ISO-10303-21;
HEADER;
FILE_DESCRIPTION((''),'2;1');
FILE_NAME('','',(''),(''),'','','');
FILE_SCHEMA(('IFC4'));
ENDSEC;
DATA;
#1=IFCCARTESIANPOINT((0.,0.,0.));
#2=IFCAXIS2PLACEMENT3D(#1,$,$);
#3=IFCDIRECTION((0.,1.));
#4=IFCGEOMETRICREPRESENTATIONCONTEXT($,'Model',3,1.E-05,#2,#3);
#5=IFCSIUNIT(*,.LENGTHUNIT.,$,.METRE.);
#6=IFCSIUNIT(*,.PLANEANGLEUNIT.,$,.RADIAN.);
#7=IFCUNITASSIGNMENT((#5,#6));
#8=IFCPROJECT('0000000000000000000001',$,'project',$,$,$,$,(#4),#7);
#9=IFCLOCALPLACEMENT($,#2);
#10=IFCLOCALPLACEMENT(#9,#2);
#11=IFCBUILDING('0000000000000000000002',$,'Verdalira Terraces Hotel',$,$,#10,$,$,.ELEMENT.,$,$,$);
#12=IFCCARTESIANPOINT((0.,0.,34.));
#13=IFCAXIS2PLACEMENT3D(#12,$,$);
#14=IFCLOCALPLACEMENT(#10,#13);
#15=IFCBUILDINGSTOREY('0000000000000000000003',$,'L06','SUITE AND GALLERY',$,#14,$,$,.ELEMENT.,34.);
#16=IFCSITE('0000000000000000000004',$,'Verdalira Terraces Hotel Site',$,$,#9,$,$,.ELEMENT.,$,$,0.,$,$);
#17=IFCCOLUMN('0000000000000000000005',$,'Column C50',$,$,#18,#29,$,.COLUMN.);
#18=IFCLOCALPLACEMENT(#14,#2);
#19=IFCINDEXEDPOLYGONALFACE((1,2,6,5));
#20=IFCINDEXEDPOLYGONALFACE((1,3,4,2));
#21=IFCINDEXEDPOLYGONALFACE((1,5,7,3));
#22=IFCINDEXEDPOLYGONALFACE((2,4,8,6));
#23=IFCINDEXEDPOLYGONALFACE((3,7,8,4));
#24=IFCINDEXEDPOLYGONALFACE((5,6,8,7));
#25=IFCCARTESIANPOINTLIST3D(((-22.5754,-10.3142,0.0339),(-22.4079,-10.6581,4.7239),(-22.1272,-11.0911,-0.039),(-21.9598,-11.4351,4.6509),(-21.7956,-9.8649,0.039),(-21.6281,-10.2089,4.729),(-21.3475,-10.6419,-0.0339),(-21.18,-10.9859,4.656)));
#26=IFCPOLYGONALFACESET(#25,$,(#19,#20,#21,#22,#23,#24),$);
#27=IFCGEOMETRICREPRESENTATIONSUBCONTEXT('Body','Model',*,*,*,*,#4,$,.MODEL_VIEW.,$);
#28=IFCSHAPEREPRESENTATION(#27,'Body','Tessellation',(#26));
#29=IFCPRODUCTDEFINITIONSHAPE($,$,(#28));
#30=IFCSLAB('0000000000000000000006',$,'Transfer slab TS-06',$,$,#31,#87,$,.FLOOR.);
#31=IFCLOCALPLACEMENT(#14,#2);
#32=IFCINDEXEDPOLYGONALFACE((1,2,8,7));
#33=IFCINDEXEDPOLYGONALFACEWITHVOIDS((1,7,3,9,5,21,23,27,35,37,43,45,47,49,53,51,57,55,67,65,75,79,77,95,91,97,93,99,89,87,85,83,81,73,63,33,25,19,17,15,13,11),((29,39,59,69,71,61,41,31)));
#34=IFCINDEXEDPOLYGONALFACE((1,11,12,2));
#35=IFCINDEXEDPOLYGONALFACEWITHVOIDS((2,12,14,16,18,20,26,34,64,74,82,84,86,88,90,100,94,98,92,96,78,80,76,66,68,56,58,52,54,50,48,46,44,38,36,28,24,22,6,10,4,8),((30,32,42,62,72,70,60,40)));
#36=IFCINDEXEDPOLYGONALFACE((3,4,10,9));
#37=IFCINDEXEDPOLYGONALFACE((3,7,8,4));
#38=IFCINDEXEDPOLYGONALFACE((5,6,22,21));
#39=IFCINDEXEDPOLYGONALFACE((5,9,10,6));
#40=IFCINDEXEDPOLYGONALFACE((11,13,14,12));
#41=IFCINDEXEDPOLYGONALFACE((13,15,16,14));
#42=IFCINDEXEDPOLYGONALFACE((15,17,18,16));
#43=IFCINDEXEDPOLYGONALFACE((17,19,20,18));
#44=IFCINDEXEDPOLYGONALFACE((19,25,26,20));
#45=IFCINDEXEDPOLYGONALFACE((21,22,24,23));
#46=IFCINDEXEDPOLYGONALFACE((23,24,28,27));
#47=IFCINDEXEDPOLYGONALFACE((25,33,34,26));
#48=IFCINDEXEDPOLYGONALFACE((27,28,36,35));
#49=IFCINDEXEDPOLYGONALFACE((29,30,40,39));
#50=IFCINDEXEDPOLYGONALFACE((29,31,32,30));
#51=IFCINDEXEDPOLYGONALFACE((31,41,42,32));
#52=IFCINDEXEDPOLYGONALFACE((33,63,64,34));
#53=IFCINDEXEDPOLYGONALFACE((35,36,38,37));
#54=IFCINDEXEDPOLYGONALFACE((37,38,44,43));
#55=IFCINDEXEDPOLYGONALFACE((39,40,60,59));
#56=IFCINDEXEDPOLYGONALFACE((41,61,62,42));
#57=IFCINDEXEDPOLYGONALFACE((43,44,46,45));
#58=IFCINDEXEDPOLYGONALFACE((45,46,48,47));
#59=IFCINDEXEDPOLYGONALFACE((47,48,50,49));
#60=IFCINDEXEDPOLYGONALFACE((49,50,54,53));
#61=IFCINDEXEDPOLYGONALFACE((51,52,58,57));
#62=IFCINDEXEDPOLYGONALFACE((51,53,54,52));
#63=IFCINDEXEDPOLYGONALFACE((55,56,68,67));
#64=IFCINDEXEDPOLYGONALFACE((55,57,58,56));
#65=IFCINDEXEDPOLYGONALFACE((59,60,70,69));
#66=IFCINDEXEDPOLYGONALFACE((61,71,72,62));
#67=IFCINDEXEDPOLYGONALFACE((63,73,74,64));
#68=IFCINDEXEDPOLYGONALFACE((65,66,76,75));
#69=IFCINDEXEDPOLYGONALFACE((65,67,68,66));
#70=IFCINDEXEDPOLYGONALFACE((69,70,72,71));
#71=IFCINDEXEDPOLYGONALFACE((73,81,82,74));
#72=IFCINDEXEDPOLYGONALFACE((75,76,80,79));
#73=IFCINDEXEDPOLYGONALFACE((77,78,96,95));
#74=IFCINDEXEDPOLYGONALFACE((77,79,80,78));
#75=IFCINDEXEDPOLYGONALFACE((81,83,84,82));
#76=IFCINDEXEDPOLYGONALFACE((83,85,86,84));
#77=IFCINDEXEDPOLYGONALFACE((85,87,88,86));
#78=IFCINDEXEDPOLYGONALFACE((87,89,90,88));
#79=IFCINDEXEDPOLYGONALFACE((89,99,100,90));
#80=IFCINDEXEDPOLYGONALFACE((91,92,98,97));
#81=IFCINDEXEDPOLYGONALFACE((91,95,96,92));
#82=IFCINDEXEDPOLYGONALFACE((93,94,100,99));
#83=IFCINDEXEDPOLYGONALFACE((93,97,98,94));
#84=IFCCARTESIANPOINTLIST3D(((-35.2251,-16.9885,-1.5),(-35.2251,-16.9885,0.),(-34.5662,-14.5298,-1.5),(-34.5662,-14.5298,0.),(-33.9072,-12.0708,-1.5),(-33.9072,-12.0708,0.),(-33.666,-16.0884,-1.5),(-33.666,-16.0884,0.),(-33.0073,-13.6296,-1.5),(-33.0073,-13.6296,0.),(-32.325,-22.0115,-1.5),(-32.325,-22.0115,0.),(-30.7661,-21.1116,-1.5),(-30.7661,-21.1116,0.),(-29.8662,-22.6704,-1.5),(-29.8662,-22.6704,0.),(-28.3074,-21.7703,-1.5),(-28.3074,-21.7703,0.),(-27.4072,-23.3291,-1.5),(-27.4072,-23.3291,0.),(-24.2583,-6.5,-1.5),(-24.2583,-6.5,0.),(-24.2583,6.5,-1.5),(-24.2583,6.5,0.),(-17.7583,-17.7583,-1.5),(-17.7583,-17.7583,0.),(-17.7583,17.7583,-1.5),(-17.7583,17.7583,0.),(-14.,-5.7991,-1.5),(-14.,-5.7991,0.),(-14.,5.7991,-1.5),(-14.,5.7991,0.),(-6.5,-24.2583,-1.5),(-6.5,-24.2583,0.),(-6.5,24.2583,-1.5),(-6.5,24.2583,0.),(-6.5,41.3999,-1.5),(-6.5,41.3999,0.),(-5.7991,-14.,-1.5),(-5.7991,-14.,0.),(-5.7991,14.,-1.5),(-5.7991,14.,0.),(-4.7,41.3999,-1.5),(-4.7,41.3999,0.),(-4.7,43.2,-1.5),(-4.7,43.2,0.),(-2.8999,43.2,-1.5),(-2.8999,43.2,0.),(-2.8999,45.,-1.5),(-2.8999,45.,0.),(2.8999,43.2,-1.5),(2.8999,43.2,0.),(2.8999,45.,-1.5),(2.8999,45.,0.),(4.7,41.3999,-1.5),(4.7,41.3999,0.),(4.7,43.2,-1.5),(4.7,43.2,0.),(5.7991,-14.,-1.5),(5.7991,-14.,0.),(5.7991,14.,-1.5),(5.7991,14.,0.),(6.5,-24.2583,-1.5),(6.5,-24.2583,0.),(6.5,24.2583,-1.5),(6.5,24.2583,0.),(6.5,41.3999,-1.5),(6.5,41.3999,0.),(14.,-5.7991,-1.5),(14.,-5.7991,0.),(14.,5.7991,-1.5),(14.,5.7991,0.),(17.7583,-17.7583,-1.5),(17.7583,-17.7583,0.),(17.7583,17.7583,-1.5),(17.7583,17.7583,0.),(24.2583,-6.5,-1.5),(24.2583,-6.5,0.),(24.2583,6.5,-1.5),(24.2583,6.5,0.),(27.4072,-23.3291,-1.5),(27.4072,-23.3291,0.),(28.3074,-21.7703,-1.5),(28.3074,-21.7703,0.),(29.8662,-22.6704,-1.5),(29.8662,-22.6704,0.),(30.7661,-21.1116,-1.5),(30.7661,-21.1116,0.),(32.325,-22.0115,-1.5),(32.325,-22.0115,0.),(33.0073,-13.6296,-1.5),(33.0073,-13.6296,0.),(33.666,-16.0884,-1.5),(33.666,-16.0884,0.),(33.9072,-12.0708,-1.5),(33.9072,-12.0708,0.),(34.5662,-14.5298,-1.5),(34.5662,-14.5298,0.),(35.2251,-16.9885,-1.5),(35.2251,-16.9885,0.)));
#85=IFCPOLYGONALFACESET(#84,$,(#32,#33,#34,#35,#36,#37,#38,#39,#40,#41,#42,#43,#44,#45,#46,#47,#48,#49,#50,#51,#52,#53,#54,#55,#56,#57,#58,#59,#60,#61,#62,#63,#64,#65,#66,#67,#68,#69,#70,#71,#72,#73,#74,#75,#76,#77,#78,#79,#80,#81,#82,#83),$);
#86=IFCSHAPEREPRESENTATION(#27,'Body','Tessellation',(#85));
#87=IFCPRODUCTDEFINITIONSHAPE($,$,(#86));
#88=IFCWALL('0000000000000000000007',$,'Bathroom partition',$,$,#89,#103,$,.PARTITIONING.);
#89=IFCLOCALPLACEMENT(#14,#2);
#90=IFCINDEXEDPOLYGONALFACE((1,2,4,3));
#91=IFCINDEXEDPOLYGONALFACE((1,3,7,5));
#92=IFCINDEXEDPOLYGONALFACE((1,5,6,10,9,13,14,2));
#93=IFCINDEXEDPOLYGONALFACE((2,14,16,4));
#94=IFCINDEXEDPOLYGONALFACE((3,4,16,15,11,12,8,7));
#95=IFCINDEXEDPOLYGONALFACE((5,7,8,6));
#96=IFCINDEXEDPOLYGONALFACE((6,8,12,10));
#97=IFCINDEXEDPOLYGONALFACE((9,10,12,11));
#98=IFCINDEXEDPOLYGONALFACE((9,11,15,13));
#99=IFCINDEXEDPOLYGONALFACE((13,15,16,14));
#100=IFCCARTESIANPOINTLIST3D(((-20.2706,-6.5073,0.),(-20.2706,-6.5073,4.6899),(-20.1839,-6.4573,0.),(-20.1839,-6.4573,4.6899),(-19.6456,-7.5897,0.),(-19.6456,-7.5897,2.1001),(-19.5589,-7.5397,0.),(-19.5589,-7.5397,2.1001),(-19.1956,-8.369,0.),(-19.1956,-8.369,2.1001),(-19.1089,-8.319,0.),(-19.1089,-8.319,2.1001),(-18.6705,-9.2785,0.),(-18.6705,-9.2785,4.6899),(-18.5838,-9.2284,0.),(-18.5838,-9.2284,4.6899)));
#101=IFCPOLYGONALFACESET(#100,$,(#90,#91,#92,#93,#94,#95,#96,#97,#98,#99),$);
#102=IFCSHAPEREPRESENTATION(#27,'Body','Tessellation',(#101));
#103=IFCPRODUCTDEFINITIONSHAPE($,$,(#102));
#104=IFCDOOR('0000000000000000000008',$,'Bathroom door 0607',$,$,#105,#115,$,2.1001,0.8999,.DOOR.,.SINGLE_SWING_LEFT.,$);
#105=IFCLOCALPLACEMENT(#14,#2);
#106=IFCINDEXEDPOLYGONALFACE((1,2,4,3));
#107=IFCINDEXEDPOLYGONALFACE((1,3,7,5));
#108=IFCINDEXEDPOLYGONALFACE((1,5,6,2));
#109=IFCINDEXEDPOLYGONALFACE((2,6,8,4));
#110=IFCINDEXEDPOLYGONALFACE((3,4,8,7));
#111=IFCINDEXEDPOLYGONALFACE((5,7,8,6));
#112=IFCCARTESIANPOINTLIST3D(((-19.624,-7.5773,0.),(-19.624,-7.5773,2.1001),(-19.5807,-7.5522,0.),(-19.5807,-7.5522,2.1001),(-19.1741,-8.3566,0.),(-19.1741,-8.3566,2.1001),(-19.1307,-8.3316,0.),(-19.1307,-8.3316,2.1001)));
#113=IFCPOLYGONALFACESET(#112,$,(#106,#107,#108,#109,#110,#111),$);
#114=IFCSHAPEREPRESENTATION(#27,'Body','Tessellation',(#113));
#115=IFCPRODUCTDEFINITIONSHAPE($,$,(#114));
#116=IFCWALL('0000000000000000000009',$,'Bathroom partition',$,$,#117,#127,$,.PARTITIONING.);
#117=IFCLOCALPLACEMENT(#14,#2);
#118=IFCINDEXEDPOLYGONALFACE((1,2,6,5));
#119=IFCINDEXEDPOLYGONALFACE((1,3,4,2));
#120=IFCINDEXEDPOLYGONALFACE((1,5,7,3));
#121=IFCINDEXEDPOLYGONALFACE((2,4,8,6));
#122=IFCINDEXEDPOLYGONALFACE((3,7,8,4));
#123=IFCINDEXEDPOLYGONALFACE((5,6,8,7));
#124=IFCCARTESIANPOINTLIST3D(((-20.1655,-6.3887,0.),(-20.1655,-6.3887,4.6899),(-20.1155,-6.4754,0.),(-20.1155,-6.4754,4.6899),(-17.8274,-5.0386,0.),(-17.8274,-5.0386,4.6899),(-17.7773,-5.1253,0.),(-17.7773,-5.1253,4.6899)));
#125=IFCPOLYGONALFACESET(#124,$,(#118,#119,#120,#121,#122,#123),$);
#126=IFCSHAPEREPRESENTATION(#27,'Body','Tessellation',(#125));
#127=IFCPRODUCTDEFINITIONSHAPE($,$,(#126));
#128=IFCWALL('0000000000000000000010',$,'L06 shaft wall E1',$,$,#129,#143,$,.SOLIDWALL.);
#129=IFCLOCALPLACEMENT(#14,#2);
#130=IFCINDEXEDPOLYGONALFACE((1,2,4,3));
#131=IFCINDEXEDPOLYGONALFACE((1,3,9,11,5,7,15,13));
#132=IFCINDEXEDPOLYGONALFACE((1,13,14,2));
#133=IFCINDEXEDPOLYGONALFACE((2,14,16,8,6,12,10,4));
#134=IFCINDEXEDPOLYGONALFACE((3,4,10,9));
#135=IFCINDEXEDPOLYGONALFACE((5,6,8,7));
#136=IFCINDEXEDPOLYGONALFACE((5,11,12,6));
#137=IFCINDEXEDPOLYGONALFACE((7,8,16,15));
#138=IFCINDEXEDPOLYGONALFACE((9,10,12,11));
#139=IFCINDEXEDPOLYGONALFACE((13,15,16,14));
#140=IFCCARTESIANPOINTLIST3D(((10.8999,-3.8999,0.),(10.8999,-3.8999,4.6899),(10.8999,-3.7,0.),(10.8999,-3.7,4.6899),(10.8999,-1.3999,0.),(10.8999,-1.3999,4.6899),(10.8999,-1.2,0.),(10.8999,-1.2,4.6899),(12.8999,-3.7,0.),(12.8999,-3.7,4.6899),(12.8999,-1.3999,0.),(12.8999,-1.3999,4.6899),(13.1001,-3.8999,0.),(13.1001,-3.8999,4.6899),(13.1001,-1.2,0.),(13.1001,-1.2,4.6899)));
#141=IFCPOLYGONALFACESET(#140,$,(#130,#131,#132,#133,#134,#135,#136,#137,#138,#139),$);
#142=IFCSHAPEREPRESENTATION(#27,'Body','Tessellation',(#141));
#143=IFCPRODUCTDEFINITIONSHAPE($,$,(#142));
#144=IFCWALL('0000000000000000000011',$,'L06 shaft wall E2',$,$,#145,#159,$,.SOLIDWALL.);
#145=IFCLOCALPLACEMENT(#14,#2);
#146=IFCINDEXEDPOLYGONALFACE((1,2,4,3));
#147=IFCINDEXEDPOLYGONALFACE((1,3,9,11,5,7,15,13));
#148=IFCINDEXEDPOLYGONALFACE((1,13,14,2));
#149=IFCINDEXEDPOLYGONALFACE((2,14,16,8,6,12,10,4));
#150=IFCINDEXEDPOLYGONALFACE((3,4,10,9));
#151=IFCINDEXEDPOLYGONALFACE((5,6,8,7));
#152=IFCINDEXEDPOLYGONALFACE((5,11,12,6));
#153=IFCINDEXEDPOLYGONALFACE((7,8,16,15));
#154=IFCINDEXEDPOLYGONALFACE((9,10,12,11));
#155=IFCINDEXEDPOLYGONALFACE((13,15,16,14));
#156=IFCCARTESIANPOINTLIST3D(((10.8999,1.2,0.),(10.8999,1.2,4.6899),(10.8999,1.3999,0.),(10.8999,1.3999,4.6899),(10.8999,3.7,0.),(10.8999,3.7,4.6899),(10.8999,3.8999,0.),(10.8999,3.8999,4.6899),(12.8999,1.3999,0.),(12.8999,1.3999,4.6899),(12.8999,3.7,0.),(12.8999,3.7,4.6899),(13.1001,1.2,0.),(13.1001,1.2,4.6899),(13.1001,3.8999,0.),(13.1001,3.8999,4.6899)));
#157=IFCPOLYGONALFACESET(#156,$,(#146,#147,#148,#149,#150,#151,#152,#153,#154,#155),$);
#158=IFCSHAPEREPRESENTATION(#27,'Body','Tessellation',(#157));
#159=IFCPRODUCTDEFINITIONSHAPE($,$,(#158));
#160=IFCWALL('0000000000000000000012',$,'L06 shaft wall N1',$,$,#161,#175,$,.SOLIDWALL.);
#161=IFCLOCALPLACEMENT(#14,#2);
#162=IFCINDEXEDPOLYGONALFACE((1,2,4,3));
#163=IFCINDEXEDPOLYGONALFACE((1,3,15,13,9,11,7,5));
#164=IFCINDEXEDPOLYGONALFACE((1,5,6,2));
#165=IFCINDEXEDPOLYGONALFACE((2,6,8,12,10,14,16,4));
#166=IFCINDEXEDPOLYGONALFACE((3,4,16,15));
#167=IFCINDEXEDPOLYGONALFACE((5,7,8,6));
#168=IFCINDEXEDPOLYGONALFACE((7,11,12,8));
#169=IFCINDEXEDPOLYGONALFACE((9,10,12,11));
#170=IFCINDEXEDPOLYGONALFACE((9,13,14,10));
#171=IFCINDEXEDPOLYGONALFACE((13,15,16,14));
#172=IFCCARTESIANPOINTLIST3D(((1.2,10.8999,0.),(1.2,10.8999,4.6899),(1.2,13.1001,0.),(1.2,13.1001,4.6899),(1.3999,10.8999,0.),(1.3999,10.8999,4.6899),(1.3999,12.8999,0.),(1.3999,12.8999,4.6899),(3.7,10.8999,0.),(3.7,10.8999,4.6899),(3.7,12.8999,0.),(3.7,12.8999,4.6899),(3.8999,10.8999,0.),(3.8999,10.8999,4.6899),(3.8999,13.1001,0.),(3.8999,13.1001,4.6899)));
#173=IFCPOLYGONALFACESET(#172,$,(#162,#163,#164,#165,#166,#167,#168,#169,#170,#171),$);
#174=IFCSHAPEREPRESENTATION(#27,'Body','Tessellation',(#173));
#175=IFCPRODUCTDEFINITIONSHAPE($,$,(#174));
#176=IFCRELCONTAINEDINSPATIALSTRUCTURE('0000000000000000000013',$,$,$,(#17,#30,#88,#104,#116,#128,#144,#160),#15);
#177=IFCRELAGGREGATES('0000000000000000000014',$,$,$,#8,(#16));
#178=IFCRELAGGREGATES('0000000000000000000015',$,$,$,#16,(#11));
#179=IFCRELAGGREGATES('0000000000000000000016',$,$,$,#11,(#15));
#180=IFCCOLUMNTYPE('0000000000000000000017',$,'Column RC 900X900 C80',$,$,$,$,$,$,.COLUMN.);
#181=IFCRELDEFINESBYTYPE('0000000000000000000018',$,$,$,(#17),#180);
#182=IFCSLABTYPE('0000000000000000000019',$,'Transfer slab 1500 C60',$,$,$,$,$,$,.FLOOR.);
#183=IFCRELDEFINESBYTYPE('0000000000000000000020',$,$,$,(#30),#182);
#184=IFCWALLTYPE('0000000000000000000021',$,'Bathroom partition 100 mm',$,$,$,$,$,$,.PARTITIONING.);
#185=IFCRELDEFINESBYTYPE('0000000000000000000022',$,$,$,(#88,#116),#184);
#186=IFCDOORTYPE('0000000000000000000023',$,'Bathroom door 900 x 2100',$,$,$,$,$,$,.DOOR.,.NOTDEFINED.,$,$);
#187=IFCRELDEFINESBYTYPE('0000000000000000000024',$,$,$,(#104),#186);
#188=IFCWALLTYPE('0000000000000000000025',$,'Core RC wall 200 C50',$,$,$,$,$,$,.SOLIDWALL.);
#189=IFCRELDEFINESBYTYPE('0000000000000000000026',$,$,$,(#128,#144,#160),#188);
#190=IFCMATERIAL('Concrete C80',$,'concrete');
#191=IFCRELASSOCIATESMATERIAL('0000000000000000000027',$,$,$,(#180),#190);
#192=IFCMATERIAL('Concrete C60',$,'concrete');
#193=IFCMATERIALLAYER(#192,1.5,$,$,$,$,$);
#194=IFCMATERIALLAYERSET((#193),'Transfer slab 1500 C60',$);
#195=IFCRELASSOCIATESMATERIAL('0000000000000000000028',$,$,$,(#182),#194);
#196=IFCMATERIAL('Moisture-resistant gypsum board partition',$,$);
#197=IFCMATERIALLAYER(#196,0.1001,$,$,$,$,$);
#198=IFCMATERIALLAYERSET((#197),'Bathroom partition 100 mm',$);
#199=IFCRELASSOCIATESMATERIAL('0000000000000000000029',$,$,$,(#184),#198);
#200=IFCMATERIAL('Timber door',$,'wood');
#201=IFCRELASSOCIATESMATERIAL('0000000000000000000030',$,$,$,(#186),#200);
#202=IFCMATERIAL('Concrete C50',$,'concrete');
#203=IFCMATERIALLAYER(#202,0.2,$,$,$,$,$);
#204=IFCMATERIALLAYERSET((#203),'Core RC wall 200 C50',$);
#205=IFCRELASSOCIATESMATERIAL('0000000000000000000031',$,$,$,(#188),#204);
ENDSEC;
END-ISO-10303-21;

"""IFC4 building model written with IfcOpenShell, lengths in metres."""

from ifc_helpers import new_model, si_unit, direction, frame, frame_2d, origin, origin_2d, place, context, subcontext, project, spatial, polyline, rectangle, outline, extrude, material, layer, layer_set, material_profile, profile_set, type_object, element, fill, save


model = new_model("IFC4")

# Units and contexts
model_context = context("Model", 3, precision=1e-05, world=origin(), true_north=direction((0.0, 1.0)))
body_context = subcontext(model_context, "Body", "Model", "MODEL_VIEW")
ifc_project = project(units=[si_unit("LENGTHUNIT", "METRE"), si_unit("PLANEANGLEUNIT", "RADIAN")], contexts=[model_context])

# Site, building, storey
site_placement = place(None, origin())
site = spatial("IfcSite", under=ifc_project, at=site_placement, Name="Verdalira Terraces Hotel Site", CompositionType="ELEMENT", RefElevation=0.0)
building_placement = place(site_placement, origin())
building = spatial("IfcBuilding", under=site, at=building_placement, Name="Verdalira Terraces Hotel", CompositionType="ELEMENT")
storey_placement = place(building_placement, frame((0.0, 0.0, 34.0)))
storey = spatial("IfcBuildingStorey", under=building, at=storey_placement, Name="L06", Description="SUITE AND GALLERY", CompositionType="ELEMENT", Elevation=34.0)

# Column
ifc_material_1 = material(Name="Concrete C80", Category="concrete")
ifc_material_profile = material_profile(ifc_material_1, rectangle(XDim=0.8999, YDim=0.8999, at=origin_2d()), Name="RC 900X900")
ifc_profile_set = profile_set([ifc_material_profile], Name="Concrete C80")
column_type = type_object("IfcColumnType", Name="Column RC 900X900 C80", PredefinedType="COLUMN", material=ifc_profile_set)
column_placement = place(storey_placement, frame((-21.9614, -10.478, 0.0), z_axis=(0.035592, -0.073104, 0.996689), x_axis=(-0.866472, -0.499193, -0.005672)))
element("IfcColumn", 1, at=column_placement, inside=storey, type_object=column_type, Name="Column C50", PredefinedType="COLUMN", context=body_context, shape_type="SweptSolid", body=[
    extrude(rectangle(XDim=0.8999, YDim=0.8999, at=origin_2d()), origin(), (0.0, 0.0, 1.0), 4.7056),
])

# Slab
ifc_material_2 = material(Name="Concrete C60", Category="concrete")
ifc_layer_1 = layer(ifc_material_2, 1.5)
ifc_layer_set_1 = layer_set([ifc_layer_1], Name="Transfer slab 1500 C60")
slab_type = type_object("IfcSlabType", Name="Transfer slab 1500 C60", PredefinedType="FLOOR", material=ifc_layer_set_1)
slab_placement = place(storey_placement, frame((0.0, 0.0, -1.5)))
element("IfcSlab", 2, at=slab_placement, inside=storey, type_object=slab_type, Name="Transfer slab TS-06", PredefinedType="FLOOR", context=body_context, shape_type="SweptSolid", body=[
    extrude(outline(polyline([(17.7583, 17.7583), (6.5, 24.2583), (6.5, 41.3999), (4.7, 41.3999), (4.7, 43.2), (2.8999, 43.2), (2.8999, 45.0), (-2.8999, 45.0), (-2.8999, 43.2), (-4.7, 43.2), (-4.7, 41.3999), (-6.5, 41.3999), (-6.5, 24.2583), (-17.7583, 17.7583), (-24.2583, 6.5), (-24.2583, -6.5), (-33.9072, -12.0708), (-33.0073, -13.6296), (-34.5662, -14.5298), (-33.666, -16.0884), (-35.2251, -16.9885), (-32.325, -22.0115), (-30.7661, -21.1116), (-29.8662, -22.6704), (-28.3074, -21.7703), (-27.4072, -23.3291), (-17.7583, -17.7583), (-6.5, -24.2583), (6.5, -24.2583), (17.7583, -17.7583), (27.4072, -23.3291), (28.3074, -21.7703), (29.8662, -22.6704), (30.7661, -21.1116), (32.325, -22.0115), (35.2251, -16.9885), (33.666, -16.0884), (34.5662, -14.5298), (33.0073, -13.6296), (33.9072, -12.0708), (24.2583, -6.5), (24.2583, 6.5), (17.7583, 17.7583)]), holes=[polyline([(5.7991, 14.0), (14.0, 5.7991), (14.0, -5.7991), (5.7991, -14.0), (-5.7991, -14.0), (-14.0, -5.7991), (-14.0, 5.7991), (-5.7991, 14.0), (5.7991, 14.0)])]), origin(), (0.0, 0.0, 1.0), 1.5),
])

# Wall, opening, door
ifc_material_3 = material(Name="Moisture-resistant gypsum board partition")
ifc_layer_2 = layer(ifc_material_3, 0.1001)
ifc_layer_set_2 = layer_set([ifc_layer_2], Name="Bathroom partition 100 mm")
wall_type_1 = type_object("IfcWallType", Name="Bathroom partition 100 mm", PredefinedType="PARTITIONING", material=ifc_layer_set_2)
wall_1_placement = place(storey_placement, frame((-20.2273, -6.4822, 0.0), z_axis=(0.0, 0.0, 1.0), x_axis=(0.500028, -0.866009, 0.0)))
wall_1 = element("IfcWall", 3, at=wall_1_placement, inside=storey, type_object=wall_type_1, Name="Bathroom partition", PredefinedType="PARTITIONING", context=body_context, shape_type="SweptSolid", body=[
    extrude(rectangle(XDim=3.2, YDim=0.1001, at=frame_2d((1.6001, 0.0))), origin(), (0.0, 0.0, 1.0), 4.6899),
])
opening_1_placement = place(wall_1_placement, frame((1.25, 0.0, 0.0)))
opening_1 = element("IfcOpeningElement", 4, at=opening_1_placement, cuts=wall_1, PredefinedType="OPENING", context=body_context, shape_type="SweptSolid", body=[
    extrude(rectangle(XDim=0.8999, YDim=2.1001, at=frame_2d((0.45, 1.05))), frame((0.0, 0.0601, 0.0), z_axis=(0.0, -1.0, 0.0), x_axis=(1.0, 0.0, 0.0)), (0.0, 0.0, 1.0), 0.1201),
])
ifc_material_4 = material(Name="Timber door", Category="wood")
door_type_1 = type_object("IfcDoorType", Name="Bathroom door 900 x 2100", OperationType="NOTDEFINED", PredefinedType="DOOR", material=ifc_material_4)
door_1_placement = place(opening_1_placement, origin())
door_1 = element("IfcDoor", 5, at=door_1_placement, inside=storey, type_object=door_type_1, Name="Bathroom door 0607", OperationType="SINGLE_SWING_LEFT", OverallHeight=2.1001, OverallWidth=0.8999, PredefinedType="DOOR", context=body_context, shape_type="SweptSolid", body=[
    extrude(rectangle(XDim=0.8999, YDim=2.1001, at=frame_2d((0.45, 1.05))), frame((0.0, 0.0249, 0.0), z_axis=(0.0, -1.0, 0.0), x_axis=(1.0, 0.0, 0.0)), (0.0, 0.0, 1.0), 0.05),
])
fill(opening_1, door_1)

# Walls
wall_2_placement = place(storey_placement, frame((-20.1406, -6.4321, 0.0), z_axis=(0.0, 0.0, 1.0), x_axis=(0.865997, 0.500049, 0.0)))
element("IfcWall", 6, at=wall_2_placement, inside=storey, type_object=wall_type_1, Name="Bathroom partition", PredefinedType="PARTITIONING", context=body_context, shape_type="SweptSolid", body=[
    extrude(rectangle(XDim=2.7, YDim=0.1001, at=frame_2d((1.3501, 0.0))), origin(), (0.0, 0.0, 1.0), 4.6899),
])
ifc_material_5 = material(Name="Concrete C50", Category="concrete")
ifc_layer_3 = layer(ifc_material_5, 0.2)
ifc_layer_set_3 = layer_set([ifc_layer_3], Name="Core RC wall 200 C50")
wall_type_2 = type_object("IfcWallType", Name="Core RC wall 200 C50", PredefinedType="SOLIDWALL", material=ifc_layer_set_3)
wall_3_placement = place(storey_placement, origin())
element("IfcWall", 7, at=wall_3_placement, inside=storey, type_object=wall_type_2, Name="L06 shaft wall E1", PredefinedType="SOLIDWALL", context=body_context, shape_type="SweptSolid", body=[
    extrude(outline(polyline([(13.1001, -3.8999), (10.8999, -3.8999), (10.8999, -3.7), (12.8999, -3.7), (12.8999, -1.3999), (10.8999, -1.3999), (10.8999, -1.2), (13.1001, -1.2), (13.1001, -3.8999)])), origin(), (0.0, 0.0, 1.0), 4.6899),
])
wall_4_placement = place(storey_placement, origin())
element("IfcWall", 8, at=wall_4_placement, inside=storey, type_object=wall_type_2, Name="L06 shaft wall E2", PredefinedType="SOLIDWALL", context=body_context, shape_type="SweptSolid", body=[
    extrude(outline(polyline([(13.1001, 3.8999), (13.1001, 1.2), (10.8999, 1.2), (10.8999, 1.3999), (12.8999, 1.3999), (12.8999, 3.7), (10.8999, 3.7), (10.8999, 3.8999), (13.1001, 3.8999)])), origin(), (0.0, 0.0, 1.0), 4.6899),
])
wall_5_placement = place(storey_placement, origin())
element("IfcWall", 9, at=wall_5_placement, inside=storey, type_object=wall_type_2, Name="L06 shaft wall N1", PredefinedType="SOLIDWALL", context=body_context, shape_type="SweptSolid", body=[
    extrude(outline(polyline([(3.8999, 13.1001), (3.8999, 10.8999), (3.7, 10.8999), (3.7, 12.8999), (1.3999, 12.8999), (1.3999, 10.8999), (1.2, 10.8999), (1.2, 13.1001), (3.8999, 13.1001)])), origin(), (0.0, 0.0, 1.0), 4.6899),
])

save(model, "model.ifc")
